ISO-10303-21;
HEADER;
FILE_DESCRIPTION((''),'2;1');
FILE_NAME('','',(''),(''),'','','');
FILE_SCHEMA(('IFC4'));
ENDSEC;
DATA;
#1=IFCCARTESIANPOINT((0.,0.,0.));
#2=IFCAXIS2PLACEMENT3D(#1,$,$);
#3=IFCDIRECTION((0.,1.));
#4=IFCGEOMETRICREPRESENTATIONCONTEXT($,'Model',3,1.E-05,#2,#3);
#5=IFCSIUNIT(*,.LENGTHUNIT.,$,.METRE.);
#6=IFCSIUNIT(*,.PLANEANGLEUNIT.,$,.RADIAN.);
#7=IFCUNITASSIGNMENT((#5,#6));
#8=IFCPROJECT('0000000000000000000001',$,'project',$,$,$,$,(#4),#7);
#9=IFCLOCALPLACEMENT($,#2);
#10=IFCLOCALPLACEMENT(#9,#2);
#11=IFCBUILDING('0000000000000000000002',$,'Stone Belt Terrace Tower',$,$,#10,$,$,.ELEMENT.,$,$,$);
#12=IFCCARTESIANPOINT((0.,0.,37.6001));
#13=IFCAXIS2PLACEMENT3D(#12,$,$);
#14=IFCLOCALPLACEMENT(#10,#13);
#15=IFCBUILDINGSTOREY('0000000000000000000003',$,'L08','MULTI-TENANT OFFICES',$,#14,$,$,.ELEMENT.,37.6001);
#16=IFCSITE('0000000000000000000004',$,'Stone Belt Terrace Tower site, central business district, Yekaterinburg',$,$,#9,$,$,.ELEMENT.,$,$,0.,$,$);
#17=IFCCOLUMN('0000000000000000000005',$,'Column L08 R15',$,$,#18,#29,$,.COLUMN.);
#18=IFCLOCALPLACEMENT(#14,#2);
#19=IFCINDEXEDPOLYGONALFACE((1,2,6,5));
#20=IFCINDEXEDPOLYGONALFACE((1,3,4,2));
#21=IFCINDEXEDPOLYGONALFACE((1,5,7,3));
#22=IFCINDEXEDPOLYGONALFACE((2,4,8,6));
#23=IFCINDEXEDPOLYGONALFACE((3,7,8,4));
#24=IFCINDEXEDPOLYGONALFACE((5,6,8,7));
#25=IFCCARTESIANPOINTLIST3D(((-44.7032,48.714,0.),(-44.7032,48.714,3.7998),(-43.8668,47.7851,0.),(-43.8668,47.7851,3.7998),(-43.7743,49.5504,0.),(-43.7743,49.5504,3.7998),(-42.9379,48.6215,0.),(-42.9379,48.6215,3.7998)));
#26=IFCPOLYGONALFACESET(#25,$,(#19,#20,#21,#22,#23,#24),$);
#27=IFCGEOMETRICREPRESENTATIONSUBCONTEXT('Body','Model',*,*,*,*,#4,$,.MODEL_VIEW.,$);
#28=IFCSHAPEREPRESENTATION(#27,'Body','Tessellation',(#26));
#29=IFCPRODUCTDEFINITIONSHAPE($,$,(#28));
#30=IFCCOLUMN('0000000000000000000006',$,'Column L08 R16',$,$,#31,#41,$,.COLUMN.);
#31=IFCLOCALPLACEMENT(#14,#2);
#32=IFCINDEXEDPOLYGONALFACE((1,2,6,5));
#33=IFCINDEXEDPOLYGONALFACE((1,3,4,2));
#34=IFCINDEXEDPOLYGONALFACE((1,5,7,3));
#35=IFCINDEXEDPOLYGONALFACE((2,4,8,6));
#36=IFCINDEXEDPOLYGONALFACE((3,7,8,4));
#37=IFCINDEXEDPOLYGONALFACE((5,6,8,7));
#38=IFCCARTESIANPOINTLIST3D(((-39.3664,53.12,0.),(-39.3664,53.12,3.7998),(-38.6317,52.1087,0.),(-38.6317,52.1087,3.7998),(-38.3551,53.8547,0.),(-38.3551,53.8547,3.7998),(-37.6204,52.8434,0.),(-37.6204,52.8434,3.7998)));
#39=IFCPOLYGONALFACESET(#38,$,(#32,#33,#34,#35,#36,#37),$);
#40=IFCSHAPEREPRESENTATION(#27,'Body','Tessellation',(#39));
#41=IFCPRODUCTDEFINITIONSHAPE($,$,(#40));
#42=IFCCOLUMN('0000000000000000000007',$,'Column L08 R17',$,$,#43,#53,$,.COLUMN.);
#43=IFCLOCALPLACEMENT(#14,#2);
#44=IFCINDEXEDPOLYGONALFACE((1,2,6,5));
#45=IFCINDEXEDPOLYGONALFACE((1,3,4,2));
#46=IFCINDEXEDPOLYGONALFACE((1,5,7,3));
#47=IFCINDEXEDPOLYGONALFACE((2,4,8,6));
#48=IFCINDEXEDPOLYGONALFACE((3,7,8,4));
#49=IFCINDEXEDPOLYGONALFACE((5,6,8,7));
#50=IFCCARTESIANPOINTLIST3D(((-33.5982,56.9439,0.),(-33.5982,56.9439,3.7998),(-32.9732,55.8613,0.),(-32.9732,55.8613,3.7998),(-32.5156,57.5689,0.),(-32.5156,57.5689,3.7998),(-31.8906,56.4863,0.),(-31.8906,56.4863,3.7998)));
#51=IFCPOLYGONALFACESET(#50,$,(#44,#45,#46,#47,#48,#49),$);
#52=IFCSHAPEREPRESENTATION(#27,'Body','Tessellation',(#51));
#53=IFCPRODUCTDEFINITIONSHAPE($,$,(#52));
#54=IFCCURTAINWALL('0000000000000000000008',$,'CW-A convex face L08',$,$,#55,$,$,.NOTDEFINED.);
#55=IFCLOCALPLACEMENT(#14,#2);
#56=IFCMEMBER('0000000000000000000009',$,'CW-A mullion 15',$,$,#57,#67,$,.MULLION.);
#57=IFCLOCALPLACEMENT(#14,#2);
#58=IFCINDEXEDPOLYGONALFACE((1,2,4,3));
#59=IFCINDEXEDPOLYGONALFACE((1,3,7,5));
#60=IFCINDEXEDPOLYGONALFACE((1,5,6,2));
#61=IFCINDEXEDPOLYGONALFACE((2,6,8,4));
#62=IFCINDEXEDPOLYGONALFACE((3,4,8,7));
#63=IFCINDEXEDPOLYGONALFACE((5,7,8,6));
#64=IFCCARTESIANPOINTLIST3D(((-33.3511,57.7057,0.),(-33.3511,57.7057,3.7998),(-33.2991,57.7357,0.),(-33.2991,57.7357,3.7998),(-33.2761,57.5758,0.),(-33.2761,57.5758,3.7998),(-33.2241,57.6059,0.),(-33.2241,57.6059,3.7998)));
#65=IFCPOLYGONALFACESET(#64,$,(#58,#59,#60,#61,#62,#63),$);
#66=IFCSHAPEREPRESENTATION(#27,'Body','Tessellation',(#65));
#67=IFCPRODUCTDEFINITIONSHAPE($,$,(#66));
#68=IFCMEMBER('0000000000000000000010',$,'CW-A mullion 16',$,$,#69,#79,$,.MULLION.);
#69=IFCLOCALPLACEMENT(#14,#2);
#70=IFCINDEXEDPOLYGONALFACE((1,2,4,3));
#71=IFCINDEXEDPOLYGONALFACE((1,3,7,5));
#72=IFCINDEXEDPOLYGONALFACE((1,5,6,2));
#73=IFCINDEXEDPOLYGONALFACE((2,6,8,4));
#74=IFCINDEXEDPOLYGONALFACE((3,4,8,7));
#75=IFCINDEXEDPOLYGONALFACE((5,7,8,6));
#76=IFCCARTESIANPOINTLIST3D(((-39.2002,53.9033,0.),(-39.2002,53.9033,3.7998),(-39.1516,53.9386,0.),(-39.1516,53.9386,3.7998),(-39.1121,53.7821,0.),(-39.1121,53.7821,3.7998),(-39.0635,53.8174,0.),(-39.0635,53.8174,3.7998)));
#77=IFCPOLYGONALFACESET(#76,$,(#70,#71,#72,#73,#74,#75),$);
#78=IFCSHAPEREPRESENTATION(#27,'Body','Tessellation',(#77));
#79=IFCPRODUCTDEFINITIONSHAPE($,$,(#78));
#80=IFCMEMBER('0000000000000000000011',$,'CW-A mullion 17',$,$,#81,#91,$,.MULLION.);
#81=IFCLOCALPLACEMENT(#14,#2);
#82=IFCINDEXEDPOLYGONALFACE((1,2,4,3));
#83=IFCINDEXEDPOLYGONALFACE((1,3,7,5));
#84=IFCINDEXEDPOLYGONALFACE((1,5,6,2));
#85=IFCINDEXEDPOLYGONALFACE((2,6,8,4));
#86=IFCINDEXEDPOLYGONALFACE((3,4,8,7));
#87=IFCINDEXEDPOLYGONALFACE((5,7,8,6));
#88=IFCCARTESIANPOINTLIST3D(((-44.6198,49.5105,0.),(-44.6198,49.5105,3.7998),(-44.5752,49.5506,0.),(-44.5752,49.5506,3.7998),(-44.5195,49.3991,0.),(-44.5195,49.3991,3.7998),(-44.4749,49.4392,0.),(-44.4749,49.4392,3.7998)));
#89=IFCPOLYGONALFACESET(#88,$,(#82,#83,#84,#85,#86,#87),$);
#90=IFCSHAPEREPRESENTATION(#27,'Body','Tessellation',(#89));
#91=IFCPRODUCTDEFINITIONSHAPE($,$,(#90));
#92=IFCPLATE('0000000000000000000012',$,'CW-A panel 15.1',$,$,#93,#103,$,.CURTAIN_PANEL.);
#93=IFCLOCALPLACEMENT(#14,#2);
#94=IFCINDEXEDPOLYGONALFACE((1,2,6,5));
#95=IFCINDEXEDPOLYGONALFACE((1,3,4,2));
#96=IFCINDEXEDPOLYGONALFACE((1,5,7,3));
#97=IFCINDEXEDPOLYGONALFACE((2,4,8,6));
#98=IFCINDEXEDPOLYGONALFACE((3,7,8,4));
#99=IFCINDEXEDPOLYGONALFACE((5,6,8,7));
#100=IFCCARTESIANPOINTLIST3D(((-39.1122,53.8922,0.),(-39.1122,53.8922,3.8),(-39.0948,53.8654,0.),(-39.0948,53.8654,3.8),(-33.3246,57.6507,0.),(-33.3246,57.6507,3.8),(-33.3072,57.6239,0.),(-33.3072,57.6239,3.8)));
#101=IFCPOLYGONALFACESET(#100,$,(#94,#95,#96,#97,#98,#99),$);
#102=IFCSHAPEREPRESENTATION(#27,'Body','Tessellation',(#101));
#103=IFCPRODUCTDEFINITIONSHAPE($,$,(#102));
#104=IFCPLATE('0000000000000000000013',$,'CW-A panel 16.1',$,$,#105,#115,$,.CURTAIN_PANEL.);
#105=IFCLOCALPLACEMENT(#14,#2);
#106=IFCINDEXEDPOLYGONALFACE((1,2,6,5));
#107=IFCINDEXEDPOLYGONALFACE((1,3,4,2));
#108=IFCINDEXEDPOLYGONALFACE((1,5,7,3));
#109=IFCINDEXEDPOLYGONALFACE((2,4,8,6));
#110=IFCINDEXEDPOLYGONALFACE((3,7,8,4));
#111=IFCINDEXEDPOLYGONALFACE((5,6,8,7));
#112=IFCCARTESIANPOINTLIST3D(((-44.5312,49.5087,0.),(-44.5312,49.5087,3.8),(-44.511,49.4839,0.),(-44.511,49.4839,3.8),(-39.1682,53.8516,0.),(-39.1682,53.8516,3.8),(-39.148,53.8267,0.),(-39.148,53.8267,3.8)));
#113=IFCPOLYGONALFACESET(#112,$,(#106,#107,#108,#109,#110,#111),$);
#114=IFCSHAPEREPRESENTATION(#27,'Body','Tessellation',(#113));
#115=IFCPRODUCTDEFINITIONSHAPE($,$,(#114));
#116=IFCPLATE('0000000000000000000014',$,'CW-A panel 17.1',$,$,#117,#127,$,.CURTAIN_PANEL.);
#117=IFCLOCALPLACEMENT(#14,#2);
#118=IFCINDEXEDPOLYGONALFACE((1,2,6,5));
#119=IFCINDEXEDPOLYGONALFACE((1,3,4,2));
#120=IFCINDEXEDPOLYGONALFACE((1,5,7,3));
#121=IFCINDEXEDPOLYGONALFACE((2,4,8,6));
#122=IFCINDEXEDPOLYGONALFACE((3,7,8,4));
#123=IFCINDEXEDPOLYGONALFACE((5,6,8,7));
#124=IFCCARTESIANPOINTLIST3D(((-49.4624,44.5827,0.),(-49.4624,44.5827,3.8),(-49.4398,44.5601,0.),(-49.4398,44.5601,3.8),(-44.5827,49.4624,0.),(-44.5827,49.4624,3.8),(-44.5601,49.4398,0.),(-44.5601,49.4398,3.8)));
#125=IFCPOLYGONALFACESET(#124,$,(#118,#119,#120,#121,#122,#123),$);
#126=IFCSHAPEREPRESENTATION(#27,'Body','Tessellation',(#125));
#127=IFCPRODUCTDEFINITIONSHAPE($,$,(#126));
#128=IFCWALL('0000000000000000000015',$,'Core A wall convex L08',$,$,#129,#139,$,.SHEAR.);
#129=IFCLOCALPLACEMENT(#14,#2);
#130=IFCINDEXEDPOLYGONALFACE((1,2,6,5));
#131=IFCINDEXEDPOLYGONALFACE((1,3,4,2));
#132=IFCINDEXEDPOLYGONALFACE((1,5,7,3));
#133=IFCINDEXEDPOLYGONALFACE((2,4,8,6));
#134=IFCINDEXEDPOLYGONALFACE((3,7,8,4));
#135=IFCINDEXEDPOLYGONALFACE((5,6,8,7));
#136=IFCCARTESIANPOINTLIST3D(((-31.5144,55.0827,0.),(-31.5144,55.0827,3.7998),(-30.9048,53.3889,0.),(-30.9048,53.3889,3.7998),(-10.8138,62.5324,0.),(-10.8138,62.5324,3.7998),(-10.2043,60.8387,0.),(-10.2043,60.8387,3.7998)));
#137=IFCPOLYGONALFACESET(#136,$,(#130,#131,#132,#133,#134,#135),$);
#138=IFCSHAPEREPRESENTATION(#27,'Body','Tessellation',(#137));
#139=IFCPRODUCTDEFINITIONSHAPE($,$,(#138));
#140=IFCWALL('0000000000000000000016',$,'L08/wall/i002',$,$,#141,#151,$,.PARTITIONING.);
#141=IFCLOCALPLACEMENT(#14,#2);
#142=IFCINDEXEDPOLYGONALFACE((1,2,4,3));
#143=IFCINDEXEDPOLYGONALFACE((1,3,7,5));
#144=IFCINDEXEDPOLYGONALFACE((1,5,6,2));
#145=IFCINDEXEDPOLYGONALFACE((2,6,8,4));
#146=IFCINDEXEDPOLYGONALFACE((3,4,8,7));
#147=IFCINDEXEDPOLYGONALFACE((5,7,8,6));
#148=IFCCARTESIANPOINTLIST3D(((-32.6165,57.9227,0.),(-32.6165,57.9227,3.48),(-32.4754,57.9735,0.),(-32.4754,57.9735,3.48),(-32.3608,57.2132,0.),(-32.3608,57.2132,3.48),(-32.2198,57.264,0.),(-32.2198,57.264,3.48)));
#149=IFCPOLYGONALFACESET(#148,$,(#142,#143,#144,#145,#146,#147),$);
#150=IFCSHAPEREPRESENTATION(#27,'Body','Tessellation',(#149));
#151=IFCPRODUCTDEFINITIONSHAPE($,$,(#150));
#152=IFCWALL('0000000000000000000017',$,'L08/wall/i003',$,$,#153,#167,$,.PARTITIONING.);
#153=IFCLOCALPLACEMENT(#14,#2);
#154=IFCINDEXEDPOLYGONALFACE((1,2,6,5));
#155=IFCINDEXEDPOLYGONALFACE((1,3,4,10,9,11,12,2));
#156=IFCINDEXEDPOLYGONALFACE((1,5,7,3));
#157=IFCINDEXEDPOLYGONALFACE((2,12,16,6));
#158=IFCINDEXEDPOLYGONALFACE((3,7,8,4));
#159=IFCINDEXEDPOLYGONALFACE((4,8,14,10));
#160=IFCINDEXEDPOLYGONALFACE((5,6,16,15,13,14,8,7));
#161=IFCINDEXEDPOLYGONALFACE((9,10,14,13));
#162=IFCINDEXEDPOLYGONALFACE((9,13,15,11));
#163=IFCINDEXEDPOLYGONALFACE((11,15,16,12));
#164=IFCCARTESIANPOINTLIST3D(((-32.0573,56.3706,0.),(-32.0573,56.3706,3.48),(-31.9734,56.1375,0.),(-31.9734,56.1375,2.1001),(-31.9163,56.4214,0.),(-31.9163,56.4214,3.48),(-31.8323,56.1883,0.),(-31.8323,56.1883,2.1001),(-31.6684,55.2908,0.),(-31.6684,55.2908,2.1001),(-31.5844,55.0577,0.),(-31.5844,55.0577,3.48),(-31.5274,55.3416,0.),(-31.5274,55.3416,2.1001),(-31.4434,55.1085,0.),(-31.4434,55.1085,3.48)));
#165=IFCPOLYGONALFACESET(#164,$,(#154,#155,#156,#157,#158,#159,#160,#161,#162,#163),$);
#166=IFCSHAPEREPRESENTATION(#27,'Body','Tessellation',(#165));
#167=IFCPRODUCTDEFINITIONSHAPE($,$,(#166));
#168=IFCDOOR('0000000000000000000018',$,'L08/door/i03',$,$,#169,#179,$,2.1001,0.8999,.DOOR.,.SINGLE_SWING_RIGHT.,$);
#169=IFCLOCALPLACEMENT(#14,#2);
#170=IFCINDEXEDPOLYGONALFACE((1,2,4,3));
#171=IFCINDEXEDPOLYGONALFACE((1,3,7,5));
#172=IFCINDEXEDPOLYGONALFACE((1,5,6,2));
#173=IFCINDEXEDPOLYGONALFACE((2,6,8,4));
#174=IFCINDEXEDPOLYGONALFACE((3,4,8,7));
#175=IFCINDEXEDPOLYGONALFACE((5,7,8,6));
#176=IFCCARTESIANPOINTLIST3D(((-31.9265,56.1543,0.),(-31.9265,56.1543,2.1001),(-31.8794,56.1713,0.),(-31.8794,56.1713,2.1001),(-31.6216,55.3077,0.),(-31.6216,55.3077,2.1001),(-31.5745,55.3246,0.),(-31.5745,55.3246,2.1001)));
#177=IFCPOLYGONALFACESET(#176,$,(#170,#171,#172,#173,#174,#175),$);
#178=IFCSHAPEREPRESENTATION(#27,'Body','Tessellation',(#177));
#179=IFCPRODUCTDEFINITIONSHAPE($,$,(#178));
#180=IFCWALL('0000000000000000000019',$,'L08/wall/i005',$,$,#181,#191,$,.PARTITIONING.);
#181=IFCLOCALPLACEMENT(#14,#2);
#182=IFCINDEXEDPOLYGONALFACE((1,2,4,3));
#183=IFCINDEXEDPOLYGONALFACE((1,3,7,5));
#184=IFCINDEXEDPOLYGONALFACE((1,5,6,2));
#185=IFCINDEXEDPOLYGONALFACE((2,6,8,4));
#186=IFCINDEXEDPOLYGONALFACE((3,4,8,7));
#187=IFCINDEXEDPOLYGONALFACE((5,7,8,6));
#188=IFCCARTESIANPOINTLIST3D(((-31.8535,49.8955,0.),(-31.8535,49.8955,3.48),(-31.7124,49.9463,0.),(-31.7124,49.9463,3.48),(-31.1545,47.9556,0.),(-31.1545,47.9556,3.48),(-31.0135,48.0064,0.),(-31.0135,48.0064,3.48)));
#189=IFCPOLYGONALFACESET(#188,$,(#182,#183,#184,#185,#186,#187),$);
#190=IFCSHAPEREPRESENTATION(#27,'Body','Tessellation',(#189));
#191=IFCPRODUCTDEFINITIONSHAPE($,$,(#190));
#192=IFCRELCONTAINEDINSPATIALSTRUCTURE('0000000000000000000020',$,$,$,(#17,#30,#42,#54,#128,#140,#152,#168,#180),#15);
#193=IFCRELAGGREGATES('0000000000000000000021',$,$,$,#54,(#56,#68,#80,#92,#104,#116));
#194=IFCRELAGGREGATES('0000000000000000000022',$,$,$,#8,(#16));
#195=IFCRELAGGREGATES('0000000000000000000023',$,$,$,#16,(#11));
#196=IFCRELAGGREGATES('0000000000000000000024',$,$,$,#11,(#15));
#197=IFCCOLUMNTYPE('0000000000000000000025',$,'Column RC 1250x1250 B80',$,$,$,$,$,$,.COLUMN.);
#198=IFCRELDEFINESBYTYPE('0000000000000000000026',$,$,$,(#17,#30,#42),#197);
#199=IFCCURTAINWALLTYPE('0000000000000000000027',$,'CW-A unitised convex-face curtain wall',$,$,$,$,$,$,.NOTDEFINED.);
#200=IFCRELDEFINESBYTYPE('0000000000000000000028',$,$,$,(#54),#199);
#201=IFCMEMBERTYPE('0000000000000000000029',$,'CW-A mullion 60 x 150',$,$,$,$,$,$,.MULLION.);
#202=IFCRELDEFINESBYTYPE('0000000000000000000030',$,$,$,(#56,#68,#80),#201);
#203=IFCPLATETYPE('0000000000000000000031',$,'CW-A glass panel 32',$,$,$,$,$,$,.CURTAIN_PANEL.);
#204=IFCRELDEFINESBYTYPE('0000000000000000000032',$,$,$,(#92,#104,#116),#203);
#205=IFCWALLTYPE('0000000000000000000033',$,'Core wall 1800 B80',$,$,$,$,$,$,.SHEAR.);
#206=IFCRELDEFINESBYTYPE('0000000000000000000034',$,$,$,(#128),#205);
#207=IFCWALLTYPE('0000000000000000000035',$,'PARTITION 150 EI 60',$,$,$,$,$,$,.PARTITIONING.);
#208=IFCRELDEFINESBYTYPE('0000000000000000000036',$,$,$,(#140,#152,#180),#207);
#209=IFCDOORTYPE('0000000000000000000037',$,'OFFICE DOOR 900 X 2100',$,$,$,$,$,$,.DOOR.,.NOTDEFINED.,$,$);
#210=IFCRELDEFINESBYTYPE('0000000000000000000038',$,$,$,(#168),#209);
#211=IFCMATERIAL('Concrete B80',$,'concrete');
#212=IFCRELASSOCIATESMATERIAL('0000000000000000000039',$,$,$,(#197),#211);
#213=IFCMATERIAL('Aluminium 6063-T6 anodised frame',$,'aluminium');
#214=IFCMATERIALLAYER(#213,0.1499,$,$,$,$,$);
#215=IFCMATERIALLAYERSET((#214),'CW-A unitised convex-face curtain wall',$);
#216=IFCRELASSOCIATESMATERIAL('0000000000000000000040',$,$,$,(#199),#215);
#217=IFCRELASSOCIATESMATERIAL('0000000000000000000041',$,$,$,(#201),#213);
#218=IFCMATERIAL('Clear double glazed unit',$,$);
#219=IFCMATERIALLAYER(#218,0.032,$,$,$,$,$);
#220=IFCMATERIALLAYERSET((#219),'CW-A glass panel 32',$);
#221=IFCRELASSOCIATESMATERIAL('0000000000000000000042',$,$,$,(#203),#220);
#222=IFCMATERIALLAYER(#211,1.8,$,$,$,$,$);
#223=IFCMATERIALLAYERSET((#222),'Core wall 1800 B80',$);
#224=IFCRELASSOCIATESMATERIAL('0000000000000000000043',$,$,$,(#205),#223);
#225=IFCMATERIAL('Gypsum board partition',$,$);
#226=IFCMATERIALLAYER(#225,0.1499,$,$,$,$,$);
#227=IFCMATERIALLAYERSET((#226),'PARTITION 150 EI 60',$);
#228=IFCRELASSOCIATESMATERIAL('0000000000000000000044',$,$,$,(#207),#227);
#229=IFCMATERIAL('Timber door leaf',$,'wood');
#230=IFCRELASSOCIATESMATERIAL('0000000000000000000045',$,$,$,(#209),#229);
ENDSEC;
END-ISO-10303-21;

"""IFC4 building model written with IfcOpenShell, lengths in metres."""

from ifc_helpers import new_model, si_unit, direction, frame, frame_2d, origin, origin_2d, place, context, subcontext, project, spatial, rectangle, extrude, material, layer, layer_set, material_profile, profile_set, type_object, element, fill, aggregate, save


model = new_model("IFC4")

# Units and contexts
model_context = context("Model", 3, precision=1e-05, world=origin(), true_north=direction((0.0, 1.0)))
body_context = subcontext(model_context, "Body", "Model", "MODEL_VIEW")
ifc_project = project(units=[si_unit("LENGTHUNIT", "METRE"), si_unit("PLANEANGLEUNIT", "RADIAN")], contexts=[model_context])

# Site, building, storey
site_placement = place(None, origin())
site = spatial("IfcSite", under=ifc_project, at=site_placement, Name="Stone Belt Terrace Tower site, central business district, Yekaterinburg", CompositionType="ELEMENT", RefElevation=0.0)
building_placement = place(site_placement, origin())
building = spatial("IfcBuilding", under=site, at=building_placement, Name="Stone Belt Terrace Tower", CompositionType="ELEMENT")
storey_placement = place(building_placement, frame((0.0, 0.0, 37.6001)))
storey = spatial("IfcBuildingStorey", under=building, at=storey_placement, Name="L08", Description="MULTI-TENANT OFFICES", CompositionType="ELEMENT", Elevation=37.6001)

# Columns
ifc_material_1 = material(Name="Concrete B80", Category="concrete")
ifc_material_profile_1 = material_profile(ifc_material_1, rectangle(XDim=1.25, YDim=1.25, at=origin_2d()), Name="RC 1250x1250")
ifc_profile_set_1 = profile_set([ifc_material_profile_1], Name="Concrete B80")
column_type = type_object("IfcColumnType", Name="Column RC 1250x1250 B80", PredefinedType="COLUMN", material=ifc_profile_set_1)
for number, where, z_axis, x_axis, name in (
    (1, (-43.8206, 48.6677, 0.0), (0.0, 0.0, 1.0), (0.743145, 0.669131, 0.0), "Column L08 R15"),
    (2, (-38.4934, 52.9817, 0.0), (0.0, 0.0, 1.0), (0.809017, 0.587785, 0.0), "Column L08 R16"),
    (3, (-32.7444, 56.7151, 0.0), (0.0, 0.0, 1.0), (0.866025, 0.5, 0.0), "Column L08 R17"),
):
    element("IfcColumn", number, at=place(storey_placement, frame(where, z_axis=z_axis, x_axis=x_axis)), inside=storey, type_object=column_type, Name=name, PredefinedType="COLUMN", context=body_context, shape_type="SweptSolid", body=[
        extrude(rectangle(XDim=1.25, YDim=1.25, at=origin_2d()), origin(), (0.0, 0.0, 1.0), 3.7998),
    ])

# Curtain wall, members, plates
ifc_material_2 = material(Name="Aluminium 6063-T6 anodised frame", Category="aluminium")
ifc_layer_1 = layer(ifc_material_2, 0.1499)
ifc_layer_set_1 = layer_set([ifc_layer_1], Name="CW-A unitised convex-face curtain wall")
curtain_wall_type = type_object("IfcCurtainWallType", Name="CW-A unitised convex-face curtain wall", PredefinedType="NOTDEFINED", material=ifc_layer_set_1)
curtain_wall_placement = place(storey_placement, origin())
curtain_wall = element("IfcCurtainWall", 4, at=curtain_wall_placement, inside=storey, type_object=curtain_wall_type, Name="CW-A convex face L08", PredefinedType="NOTDEFINED")
ifc_material_profile_2 = material_profile(ifc_material_2, rectangle(XDim=0.1499, YDim=0.0601, at=origin_2d()), Name="Aluminium 6063-T6 60x150")
ifc_profile_set_2 = profile_set([ifc_material_profile_2], Name="Aluminium 6063-T6 anodised frame")
member_type = type_object("IfcMemberType", Name="CW-A mullion 60 x 150", PredefinedType="MULLION", material=ifc_profile_set_2)
member_1_placement = place(storey_placement, frame((-33.2876, 57.6558, 0.0), z_axis=(0.0, 0.0, 1.0), x_axis=(0.5, -0.866025, 0.0)))
member_1 = element("IfcMember", 5, at=member_1_placement, type_object=member_type, Name="CW-A mullion 15", PredefinedType="MULLION", context=body_context, shape_type="SweptSolid", body=[
    extrude(rectangle(XDim=0.1499, YDim=0.0601, at=origin_2d()), origin(), (0.0, 0.0, 1.0), 3.7998),
])
member_2_placement = place(storey_placement, frame((-39.1318, 53.8604, 0.0), z_axis=(0.0, 0.0, 1.0), x_axis=(0.587785, -0.809017, 0.0)))
member_2 = element("IfcMember", 6, at=member_2_placement, type_object=member_type, Name="CW-A mullion 16", PredefinedType="MULLION", context=body_context, shape_type="SweptSolid", body=[
    extrude(rectangle(XDim=0.1499, YDim=0.0601, at=origin_2d()), origin(), (0.0, 0.0, 1.0), 3.7998),
])
member_3_placement = place(storey_placement, frame((-44.5474, 49.4749, 0.0), z_axis=(0.0, 0.0, 1.0), x_axis=(0.669131, -0.743145, 0.0)))
member_3 = element("IfcMember", 7, at=member_3_placement, type_object=member_type, Name="CW-A mullion 17", PredefinedType="MULLION", context=body_context, shape_type="SweptSolid", body=[
    extrude(rectangle(XDim=0.1499, YDim=0.0601, at=origin_2d()), origin(), (0.0, 0.0, 1.0), 3.7998),
])
ifc_material_3 = material(Name="Clear double glazed unit")
ifc_layer_2 = layer(ifc_material_3, 0.032)
ifc_layer_set_2 = layer_set([ifc_layer_2], Name="CW-A glass panel 32")
plate_type = type_object("IfcPlateType", Name="CW-A glass panel 32", PredefinedType="CURTAIN_PANEL", material=ifc_layer_set_2)
plate_1_placement = place(storey_placement, frame((-36.2097, 55.7581, 0.0), z_axis=(0.0, 0.0, 1.0), x_axis=(-0.838671, -0.544639, 0.0)))
plate_1 = element("IfcPlate", 8, at=plate_1_placement, type_object=plate_type, Name="CW-A panel 15.1", PredefinedType="CURTAIN_PANEL", context=body_context, shape_type="SweptSolid", body=[
    extrude(rectangle(XDim=6.9009, YDim=0.032, at=origin_2d()), origin(), (0.0, 0.0, 1.0), 3.8),
])
plate_2_placement = place(storey_placement, frame((-41.8396, 51.6677, 0.0), z_axis=(0.0, 0.0, 1.0), x_axis=(-0.777146, -0.62932, 0.0)))
plate_2 = element("IfcPlate", 9, at=plate_2_placement, type_object=plate_type, Name="CW-A panel 16.1", PredefinedType="CURTAIN_PANEL", context=body_context, shape_type="SweptSolid", body=[
    extrude(rectangle(XDim=6.9009, YDim=0.032, at=origin_2d()), origin(), (0.0, 0.0, 1.0), 3.8),
])
plate_3_placement = place(storey_placement, frame((-47.0112, 47.0112, 0.0), z_axis=(0.0, 0.0, 1.0), x_axis=(-0.707107, -0.707107, 0.0)))
plate_3 = element("IfcPlate", 10, at=plate_3_placement, type_object=plate_type, Name="CW-A panel 17.1", PredefinedType="CURTAIN_PANEL", context=body_context, shape_type="SweptSolid", body=[
    extrude(rectangle(XDim=6.9009, YDim=0.032, at=origin_2d()), origin(), (0.0, 0.0, 1.0), 3.8),
])
aggregate(curtain_wall, [member_1, member_2, member_3, plate_1, plate_2, plate_3])

# Walls
ifc_layer_3 = layer(ifc_material_1, 1.8)
ifc_layer_set_3 = layer_set([ifc_layer_3], Name="Core wall 1800 B80")
wall_type_1 = type_object("IfcWallType", Name="Core wall 1800 B80", PredefinedType="SHEAR", material=ifc_layer_set_3)
wall_1_placement = place(storey_placement, frame((-31.2095, 54.2358, 0.0), z_axis=(0.0, 0.0, 1.0), x_axis=(0.940923, 0.338621, 0.0)))
element("IfcWall", 11, at=wall_1_placement, inside=storey, type_object=wall_type_1, Name="Core A wall convex L08", PredefinedType="SHEAR", context=body_context, shape_type="SweptSolid", body=[
    extrude(rectangle(XDim=22.0002, YDim=1.8, at=frame_2d((11.0, 0.0))), origin(), (0.0, 0.0, 1.0), 3.7998),
])
ifc_material_4 = material(Name="Gypsum board partition")
ifc_layer_4 = layer(ifc_material_4, 0.1499)
ifc_layer_set_4 = layer_set([ifc_layer_4], Name="PARTITION 150 EI 60")
wall_type_2 = type_object("IfcWallType", Name="PARTITION 150 EI 60", PredefinedType="PARTITIONING", material=ifc_layer_set_4)
wall_2_placement = place(storey_placement, frame((-32.5459, 57.948, 0.0), z_axis=(0.0, 0.0, 1.0), x_axis=(0.33896, -0.940801, 0.0)))
element("IfcWall", 12, at=wall_2_placement, inside=storey, type_object=wall_type_2, Name="L08/wall/i002", PredefinedType="PARTITIONING", context=body_context, shape_type="SweptSolid", body=[
    extrude(rectangle(XDim=0.7542, YDim=0.1499, at=frame_2d((0.377, 0.0))), origin(), (0.0, 0.0, 1.0), 3.48),
])

# Wall, opening, door
wall_3_placement = place(storey_placement, frame((-31.9868, 56.396, 0.0), z_axis=(0.0, 0.0, 1.0), x_axis=(0.338862, -0.940836, 0.0)))
wall_3 = element("IfcWall", 13, at=wall_3_placement, inside=storey, type_object=wall_type_2, Name="L08/wall/i003", PredefinedType="PARTITIONING", context=body_context, shape_type="SweptSolid", body=[
    extrude(rectangle(XDim=1.3955, YDim=0.1499, at=frame_2d((0.6978, 0.0))), origin(), (0.0, 0.0, 1.0), 3.48),
])
opening_1_placement = place(wall_3_placement, frame((0.2478, 0.0, 0.0)))
opening_1 = element("IfcOpeningElement", 14, at=opening_1_placement, cuts=wall_3, PredefinedType="OPENING", context=body_context, shape_type="SweptSolid", body=[
    extrude(rectangle(XDim=0.8999, YDim=2.1001, at=frame_2d((0.45, 1.05))), frame((0.0, 0.085, 0.0), z_axis=(0.0, -1.0, 0.0), x_axis=(1.0, 0.0, 0.0)), (0.0, 0.0, 1.0), 0.1699),
])
ifc_material_5 = material(Name="Timber door leaf", Category="wood")
door_type = type_object("IfcDoorType", Name="OFFICE DOOR 900 X 2100", OperationType="NOTDEFINED", PredefinedType="DOOR", material=ifc_material_5)
door_1_placement = place(opening_1_placement, origin())
door_1 = element("IfcDoor", 15, at=door_1_placement, inside=storey, type_object=door_type, Name="L08/door/i03", OperationType="SINGLE_SWING_RIGHT", OverallHeight=2.1001, OverallWidth=0.8999, PredefinedType="DOOR", context=body_context, shape_type="SweptSolid", body=[
    extrude(rectangle(XDim=0.8999, YDim=2.1001, at=frame_2d((0.45, 1.05))), frame((0.0, 0.0249, 0.0), z_axis=(0.0, -1.0, 0.0), x_axis=(1.0, 0.0, 0.0)), (0.0, 0.0, 1.0), 0.05),
])
fill(opening_1, door_1)

# Wall
wall_4_placement = place(storey_placement, frame((-31.084, 47.981, 0.0), z_axis=(0.0, 0.0, 1.0), x_axis=(-0.338975, 0.940795, 0.0)))
element("IfcWall", 16, at=wall_4_placement, inside=storey, type_object=wall_type_2, Name="L08/wall/i005", PredefinedType="PARTITIONING", context=body_context, shape_type="SweptSolid", body=[
    extrude(rectangle(XDim=2.062, YDim=0.1499, at=frame_2d((1.031, 0.0))), origin(), (0.0, 0.0, 1.0), 3.48),
])

save(model, "model.ifc")
